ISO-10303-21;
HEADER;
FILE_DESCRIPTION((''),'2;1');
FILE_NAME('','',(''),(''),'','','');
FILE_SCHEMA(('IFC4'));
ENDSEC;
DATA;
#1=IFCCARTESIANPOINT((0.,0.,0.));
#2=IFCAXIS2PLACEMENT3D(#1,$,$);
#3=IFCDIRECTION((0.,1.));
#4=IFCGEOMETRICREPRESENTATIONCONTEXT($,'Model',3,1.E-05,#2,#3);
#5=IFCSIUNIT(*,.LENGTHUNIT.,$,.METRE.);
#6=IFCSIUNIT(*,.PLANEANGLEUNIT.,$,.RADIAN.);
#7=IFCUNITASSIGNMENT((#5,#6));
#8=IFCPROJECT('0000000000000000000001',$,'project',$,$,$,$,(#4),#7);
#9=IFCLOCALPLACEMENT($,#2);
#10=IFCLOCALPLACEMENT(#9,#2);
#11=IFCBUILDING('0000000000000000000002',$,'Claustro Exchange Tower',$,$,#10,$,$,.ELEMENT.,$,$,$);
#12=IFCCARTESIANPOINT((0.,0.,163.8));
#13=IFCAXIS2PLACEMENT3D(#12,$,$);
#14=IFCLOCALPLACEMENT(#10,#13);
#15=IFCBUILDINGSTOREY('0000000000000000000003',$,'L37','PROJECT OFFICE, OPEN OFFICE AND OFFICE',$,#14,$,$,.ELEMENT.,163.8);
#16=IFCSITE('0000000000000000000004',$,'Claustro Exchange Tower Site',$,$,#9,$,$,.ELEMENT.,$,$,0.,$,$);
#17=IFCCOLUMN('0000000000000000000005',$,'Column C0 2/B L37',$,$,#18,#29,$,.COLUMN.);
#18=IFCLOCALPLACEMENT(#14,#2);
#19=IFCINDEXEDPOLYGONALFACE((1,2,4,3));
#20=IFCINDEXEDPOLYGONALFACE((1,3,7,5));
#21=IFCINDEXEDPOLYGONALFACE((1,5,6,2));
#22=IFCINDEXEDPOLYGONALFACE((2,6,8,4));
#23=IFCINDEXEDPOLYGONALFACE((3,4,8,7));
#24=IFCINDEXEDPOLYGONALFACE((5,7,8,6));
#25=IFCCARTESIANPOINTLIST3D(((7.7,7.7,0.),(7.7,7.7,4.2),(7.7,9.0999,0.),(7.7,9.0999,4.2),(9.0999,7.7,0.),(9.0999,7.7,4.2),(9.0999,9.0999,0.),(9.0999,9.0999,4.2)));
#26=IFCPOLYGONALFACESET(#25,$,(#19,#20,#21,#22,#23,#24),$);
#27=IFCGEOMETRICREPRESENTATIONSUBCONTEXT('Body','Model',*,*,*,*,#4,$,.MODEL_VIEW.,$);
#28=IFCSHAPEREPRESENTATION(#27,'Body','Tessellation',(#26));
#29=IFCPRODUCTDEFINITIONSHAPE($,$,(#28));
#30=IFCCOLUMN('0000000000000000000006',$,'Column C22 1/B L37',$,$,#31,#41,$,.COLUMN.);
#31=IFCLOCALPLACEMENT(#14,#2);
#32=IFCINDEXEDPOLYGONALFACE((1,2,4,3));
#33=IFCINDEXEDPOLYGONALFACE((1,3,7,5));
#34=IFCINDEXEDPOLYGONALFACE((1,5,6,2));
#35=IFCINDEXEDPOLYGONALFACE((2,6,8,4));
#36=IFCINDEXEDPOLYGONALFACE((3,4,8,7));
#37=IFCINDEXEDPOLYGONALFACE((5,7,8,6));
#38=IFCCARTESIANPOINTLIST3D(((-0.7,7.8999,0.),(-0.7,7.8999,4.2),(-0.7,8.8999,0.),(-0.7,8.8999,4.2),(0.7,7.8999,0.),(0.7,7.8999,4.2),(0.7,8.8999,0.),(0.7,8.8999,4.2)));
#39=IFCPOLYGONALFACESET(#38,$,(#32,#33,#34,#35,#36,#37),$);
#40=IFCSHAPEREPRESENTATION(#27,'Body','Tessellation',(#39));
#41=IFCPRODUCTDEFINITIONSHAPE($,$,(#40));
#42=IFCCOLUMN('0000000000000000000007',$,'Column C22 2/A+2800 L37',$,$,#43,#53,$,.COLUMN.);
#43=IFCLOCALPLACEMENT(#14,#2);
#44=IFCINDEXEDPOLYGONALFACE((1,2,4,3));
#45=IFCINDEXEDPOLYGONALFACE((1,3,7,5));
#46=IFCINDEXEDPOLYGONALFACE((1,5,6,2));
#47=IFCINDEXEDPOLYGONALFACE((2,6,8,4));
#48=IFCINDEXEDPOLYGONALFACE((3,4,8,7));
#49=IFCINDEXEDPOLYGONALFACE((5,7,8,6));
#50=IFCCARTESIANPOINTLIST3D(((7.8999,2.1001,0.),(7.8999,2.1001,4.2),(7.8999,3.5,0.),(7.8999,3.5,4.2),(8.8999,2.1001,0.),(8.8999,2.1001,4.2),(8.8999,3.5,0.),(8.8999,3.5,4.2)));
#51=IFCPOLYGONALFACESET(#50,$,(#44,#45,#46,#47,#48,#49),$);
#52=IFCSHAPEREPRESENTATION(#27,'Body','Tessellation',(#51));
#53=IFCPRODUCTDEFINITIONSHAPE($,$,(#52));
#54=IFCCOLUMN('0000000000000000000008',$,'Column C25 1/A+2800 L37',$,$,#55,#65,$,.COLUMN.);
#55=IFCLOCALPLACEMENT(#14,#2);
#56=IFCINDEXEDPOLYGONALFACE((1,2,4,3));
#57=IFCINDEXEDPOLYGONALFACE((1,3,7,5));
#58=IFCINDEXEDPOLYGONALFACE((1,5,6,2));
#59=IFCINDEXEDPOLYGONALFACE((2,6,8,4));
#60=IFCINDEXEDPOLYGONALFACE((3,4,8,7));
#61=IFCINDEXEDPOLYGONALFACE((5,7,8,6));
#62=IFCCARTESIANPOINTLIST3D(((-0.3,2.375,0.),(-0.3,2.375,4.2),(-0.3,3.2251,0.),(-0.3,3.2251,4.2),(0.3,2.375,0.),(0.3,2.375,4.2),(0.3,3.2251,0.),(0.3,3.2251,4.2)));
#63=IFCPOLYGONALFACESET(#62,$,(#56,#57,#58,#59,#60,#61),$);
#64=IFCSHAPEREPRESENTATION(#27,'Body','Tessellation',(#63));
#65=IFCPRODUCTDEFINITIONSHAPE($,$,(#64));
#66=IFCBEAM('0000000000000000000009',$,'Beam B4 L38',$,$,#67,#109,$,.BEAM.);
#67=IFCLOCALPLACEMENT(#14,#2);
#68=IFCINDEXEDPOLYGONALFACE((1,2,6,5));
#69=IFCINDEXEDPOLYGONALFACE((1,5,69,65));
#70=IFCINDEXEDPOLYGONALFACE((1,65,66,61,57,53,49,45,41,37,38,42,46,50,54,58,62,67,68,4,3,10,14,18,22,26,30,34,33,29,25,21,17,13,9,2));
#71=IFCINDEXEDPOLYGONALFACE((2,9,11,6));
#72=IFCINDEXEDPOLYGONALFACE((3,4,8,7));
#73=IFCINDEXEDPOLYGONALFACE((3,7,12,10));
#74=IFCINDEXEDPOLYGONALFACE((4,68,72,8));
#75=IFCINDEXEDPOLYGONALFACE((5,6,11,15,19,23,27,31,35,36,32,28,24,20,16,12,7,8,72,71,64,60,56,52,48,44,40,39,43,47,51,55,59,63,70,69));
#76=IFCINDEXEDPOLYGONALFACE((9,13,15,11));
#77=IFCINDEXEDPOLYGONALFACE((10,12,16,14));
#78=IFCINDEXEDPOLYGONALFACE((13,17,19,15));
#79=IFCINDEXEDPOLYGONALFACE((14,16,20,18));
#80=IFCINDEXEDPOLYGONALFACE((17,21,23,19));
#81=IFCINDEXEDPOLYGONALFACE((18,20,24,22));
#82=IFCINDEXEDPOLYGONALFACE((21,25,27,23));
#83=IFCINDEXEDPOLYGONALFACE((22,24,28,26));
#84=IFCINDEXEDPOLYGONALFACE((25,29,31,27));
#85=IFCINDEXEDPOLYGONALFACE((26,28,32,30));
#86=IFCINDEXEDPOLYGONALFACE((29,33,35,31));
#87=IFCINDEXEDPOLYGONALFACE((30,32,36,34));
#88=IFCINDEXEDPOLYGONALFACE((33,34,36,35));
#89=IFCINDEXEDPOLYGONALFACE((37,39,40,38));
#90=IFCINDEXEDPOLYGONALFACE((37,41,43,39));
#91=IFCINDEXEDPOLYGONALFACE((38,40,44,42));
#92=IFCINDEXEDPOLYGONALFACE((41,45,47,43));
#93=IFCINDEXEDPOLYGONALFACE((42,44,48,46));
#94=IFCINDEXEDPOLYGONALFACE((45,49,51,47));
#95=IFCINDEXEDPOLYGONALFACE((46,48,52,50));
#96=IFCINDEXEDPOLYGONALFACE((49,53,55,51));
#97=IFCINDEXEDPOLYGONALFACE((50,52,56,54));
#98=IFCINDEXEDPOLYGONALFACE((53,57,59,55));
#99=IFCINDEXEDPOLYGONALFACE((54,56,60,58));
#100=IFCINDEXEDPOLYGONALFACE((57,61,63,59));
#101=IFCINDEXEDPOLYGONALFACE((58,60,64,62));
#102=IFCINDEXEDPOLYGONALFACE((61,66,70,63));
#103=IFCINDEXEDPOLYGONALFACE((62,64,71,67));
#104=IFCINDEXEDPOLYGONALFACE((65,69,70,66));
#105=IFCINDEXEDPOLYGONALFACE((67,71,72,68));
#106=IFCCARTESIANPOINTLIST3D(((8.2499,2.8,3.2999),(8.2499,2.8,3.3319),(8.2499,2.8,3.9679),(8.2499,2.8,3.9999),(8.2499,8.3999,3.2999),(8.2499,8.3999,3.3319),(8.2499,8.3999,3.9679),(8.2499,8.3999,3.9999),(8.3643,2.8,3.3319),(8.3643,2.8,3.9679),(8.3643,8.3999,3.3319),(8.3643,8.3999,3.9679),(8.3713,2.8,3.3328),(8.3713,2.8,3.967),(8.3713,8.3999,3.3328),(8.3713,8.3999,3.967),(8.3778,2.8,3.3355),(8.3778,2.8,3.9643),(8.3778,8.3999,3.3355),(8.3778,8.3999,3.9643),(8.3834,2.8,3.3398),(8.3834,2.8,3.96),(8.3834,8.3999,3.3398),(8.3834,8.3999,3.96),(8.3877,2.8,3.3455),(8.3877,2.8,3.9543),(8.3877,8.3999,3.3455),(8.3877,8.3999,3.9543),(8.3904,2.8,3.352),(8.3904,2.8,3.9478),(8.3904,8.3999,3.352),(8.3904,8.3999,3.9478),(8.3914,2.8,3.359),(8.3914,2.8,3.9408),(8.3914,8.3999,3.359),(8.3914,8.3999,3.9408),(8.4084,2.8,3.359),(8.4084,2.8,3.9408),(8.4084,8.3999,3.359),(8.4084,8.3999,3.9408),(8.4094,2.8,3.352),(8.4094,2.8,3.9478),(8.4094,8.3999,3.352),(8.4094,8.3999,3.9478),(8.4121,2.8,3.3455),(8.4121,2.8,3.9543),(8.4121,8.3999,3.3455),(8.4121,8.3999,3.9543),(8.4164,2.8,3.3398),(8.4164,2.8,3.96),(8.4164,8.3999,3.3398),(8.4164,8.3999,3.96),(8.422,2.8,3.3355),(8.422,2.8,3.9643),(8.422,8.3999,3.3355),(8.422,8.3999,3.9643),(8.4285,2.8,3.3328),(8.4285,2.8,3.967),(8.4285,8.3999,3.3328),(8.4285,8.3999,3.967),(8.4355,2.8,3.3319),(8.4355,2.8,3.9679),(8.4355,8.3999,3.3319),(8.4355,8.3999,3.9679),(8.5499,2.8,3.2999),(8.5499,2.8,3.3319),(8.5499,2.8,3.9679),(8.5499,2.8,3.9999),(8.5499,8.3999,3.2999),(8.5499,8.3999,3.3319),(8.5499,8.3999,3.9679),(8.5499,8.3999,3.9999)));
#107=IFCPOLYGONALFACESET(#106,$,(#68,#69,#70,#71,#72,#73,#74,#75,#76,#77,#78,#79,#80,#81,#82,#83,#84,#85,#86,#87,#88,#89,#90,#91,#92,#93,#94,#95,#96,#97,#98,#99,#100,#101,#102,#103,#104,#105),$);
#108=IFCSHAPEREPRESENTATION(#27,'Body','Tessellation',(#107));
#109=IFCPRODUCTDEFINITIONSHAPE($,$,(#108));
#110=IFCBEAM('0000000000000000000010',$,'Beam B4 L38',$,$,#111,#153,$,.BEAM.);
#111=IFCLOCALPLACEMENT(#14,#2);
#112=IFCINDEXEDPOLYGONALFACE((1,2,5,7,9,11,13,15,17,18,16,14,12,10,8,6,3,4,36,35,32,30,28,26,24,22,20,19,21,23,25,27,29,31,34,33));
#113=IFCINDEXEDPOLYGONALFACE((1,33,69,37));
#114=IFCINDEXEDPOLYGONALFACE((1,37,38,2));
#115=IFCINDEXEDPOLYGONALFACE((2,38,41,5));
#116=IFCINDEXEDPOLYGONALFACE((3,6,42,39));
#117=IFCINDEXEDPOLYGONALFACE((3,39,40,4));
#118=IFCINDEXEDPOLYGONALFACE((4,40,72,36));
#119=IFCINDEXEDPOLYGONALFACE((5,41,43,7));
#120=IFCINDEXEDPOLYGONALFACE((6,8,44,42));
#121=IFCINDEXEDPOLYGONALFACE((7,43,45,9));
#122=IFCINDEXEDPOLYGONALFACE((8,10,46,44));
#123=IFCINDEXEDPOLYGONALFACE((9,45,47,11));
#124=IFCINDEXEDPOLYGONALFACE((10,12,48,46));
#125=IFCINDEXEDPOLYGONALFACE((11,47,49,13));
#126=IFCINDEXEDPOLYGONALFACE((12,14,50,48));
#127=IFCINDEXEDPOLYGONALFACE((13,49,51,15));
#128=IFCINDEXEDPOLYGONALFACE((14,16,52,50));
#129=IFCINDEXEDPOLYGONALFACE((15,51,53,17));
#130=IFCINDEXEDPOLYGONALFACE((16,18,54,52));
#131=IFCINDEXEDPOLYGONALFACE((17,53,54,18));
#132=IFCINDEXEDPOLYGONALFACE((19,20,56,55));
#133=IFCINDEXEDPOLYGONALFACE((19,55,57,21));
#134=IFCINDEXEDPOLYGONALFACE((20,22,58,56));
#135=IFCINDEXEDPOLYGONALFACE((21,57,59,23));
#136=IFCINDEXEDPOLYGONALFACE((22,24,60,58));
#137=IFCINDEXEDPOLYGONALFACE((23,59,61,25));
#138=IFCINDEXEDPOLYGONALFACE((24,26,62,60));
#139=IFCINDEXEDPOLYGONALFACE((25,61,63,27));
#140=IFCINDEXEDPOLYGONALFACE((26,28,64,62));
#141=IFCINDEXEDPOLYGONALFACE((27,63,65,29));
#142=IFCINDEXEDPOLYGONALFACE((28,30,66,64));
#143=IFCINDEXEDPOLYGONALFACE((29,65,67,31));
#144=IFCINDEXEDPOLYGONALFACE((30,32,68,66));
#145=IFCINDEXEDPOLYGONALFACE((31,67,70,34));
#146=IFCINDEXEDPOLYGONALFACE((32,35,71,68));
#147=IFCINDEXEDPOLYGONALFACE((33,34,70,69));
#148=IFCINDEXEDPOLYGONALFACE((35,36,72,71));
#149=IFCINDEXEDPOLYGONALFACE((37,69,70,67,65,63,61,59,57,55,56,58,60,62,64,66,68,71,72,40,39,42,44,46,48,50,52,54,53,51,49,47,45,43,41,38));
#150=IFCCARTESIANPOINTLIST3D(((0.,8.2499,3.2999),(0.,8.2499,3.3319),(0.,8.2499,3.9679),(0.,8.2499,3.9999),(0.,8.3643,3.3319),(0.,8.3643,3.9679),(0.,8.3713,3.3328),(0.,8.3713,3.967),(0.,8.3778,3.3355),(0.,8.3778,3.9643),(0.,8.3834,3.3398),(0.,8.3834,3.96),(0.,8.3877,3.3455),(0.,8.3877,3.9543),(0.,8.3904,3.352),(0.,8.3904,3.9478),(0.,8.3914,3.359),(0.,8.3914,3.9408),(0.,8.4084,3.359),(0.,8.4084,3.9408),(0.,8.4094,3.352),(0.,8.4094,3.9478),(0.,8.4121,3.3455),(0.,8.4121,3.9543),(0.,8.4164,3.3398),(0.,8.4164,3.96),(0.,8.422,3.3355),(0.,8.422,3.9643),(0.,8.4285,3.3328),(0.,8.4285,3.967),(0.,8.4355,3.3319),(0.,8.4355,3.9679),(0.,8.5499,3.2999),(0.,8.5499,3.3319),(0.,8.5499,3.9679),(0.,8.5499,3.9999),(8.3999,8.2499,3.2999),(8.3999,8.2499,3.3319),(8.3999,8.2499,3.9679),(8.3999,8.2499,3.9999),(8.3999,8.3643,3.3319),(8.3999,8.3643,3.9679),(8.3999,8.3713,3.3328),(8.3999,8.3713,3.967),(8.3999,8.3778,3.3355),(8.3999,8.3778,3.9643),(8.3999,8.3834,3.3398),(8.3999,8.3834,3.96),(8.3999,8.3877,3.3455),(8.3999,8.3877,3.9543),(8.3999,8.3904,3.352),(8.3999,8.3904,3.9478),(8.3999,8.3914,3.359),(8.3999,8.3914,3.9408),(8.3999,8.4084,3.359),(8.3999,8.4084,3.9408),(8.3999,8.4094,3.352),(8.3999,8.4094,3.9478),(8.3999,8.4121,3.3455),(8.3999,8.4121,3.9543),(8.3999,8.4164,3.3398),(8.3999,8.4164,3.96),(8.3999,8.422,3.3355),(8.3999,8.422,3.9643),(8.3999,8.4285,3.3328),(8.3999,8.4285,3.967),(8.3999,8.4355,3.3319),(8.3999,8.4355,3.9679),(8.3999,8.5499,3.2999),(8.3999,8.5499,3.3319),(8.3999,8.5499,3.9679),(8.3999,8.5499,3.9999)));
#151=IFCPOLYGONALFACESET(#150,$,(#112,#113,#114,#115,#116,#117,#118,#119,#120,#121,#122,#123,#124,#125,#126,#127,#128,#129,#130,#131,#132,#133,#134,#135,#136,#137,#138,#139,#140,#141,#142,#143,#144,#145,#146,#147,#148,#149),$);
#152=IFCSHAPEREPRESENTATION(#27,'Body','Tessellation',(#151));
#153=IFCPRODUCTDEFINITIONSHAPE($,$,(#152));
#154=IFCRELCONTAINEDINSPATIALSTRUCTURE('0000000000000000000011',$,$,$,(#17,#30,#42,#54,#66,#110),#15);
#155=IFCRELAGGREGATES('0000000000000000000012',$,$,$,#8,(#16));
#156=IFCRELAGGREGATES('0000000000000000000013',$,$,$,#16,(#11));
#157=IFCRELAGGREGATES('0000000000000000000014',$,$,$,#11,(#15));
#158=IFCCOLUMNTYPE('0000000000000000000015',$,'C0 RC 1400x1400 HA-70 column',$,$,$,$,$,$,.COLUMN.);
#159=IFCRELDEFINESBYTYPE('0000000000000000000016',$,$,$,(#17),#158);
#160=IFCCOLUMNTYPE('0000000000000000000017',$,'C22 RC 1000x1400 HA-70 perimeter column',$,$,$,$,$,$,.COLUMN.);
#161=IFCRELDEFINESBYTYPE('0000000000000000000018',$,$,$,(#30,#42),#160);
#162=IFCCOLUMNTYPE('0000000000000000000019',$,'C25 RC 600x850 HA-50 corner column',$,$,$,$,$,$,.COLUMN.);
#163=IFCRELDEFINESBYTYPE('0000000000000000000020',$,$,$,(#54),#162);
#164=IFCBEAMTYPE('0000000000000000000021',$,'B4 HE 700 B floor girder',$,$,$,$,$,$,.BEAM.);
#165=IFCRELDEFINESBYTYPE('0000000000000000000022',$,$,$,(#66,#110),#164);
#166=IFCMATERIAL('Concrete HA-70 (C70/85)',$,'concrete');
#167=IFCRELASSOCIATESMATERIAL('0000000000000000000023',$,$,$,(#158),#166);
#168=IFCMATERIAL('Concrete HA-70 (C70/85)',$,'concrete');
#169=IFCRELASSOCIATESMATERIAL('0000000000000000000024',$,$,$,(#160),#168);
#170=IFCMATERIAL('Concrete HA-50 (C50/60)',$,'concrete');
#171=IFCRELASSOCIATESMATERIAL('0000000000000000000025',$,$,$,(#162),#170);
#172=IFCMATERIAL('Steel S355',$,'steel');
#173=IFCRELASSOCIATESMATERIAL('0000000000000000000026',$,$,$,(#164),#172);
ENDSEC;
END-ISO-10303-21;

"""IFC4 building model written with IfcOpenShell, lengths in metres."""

from ifc_helpers import new_model, si_unit, direction, frame, origin, origin_2d, place, context, subcontext, project, spatial, rectangle, i_section, extrude, material, material_profile, profile_set, type_object, element, save


model = new_model("IFC4")

# Units and contexts
model_context = context("Model", 3, precision=1e-05, world=origin(), true_north=direction((0.0, 1.0)))
body_context = subcontext(model_context, "Body", "Model", "MODEL_VIEW")
ifc_project = project(units=[si_unit("LENGTHUNIT", "METRE"), si_unit("PLANEANGLEUNIT", "RADIAN")], contexts=[model_context])

# Site, building, storey
site_placement = place(None, origin())
site = spatial("IfcSite", under=ifc_project, at=site_placement, Name="Claustro Exchange Tower Site", CompositionType="ELEMENT", RefElevation=0.0)
building_placement = place(site_placement, origin())
building = spatial("IfcBuilding", under=site, at=building_placement, Name="Claustro Exchange Tower", CompositionType="ELEMENT")
storey_placement = place(building_placement, frame((0.0, 0.0, 163.8)))
storey = spatial("IfcBuildingStorey", under=building, at=storey_placement, Name="L37", Description="PROJECT OFFICE, OPEN OFFICE AND OFFICE", CompositionType="ELEMENT", Elevation=163.8)

# Columns
ifc_material_1 = material(Name="Concrete HA-70 (C70/85)", Category="concrete")
ifc_material_profile_1 = material_profile(ifc_material_1, rectangle(XDim=1.3999, YDim=1.3999, at=origin_2d()), Name="RC 1400x1400")
ifc_profile_set_1 = profile_set([ifc_material_profile_1], Name="Concrete HA-70 (C70/85)")
column_type_1 = type_object("IfcColumnType", Name="C0 RC 1400x1400 HA-70 column", PredefinedType="COLUMN", material=ifc_profile_set_1)
column_1_placement = place(storey_placement, frame((8.3999, 8.3999, 0.0), z_axis=(0.0, 0.0, 1.0), x_axis=(1.0, 0.0, 0.0)))
element("IfcColumn", 1, at=column_1_placement, inside=storey, type_object=column_type_1, Name="Column C0 2/B L37", PredefinedType="COLUMN", context=body_context, shape_type="SweptSolid", body=[
    extrude(rectangle(XDim=1.3999, YDim=1.3999, at=origin_2d()), origin(), (0.0, 0.0, 1.0), 4.2),
])
ifc_material_2 = material(Name="Concrete HA-70 (C70/85)", Category="concrete")
ifc_material_profile_2 = material_profile(ifc_material_2, rectangle(XDim=1.0, YDim=1.3999, at=origin_2d()), Name="RC 1000x1400")
ifc_profile_set_2 = profile_set([ifc_material_profile_2], Name="Concrete HA-70 (C70/85)")
column_type_2 = type_object("IfcColumnType", Name="C22 RC 1000x1400 HA-70 perimeter column", PredefinedType="COLUMN", material=ifc_profile_set_2)
for number, where, z_axis, x_axis, name in (
    (2, (0.0, 8.3999, 0.0), (0.0, 0.0, 1.0), (0.0, 1.0, 0.0), "Column C22 1/B L37"),
    (3, (8.3999, 2.8, 0.0), (0.0, 0.0, 1.0), (1.0, 0.0, 0.0), "Column C22 2/A+2800 L37"),
):
    element("IfcColumn", number, at=place(storey_placement, frame(where, z_axis=z_axis, x_axis=x_axis)), inside=storey, type_object=column_type_2, Name=name, PredefinedType="COLUMN", context=body_context, shape_type="SweptSolid", body=[
        extrude(rectangle(XDim=1.0, YDim=1.3999, at=origin_2d()), origin(), (0.0, 0.0, 1.0), 4.2),
    ])
ifc_material_3 = material(Name="Concrete HA-50 (C50/60)", Category="concrete")
ifc_material_profile_3 = material_profile(ifc_material_3, rectangle(XDim=0.6001, YDim=0.8501, at=origin_2d()), Name="RC 600x850")
ifc_profile_set_3 = profile_set([ifc_material_profile_3], Name="Concrete HA-50 (C50/60)")
column_type_3 = type_object("IfcColumnType", Name="C25 RC 600x850 HA-50 corner column", PredefinedType="COLUMN", material=ifc_profile_set_3)
column_2_placement = place(storey_placement, frame((0.0, 2.8, 0.0), z_axis=(0.0, 0.0, 1.0), x_axis=(1.0, 0.0, 0.0)))
element("IfcColumn", 4, at=column_2_placement, inside=storey, type_object=column_type_3, Name="Column C25 1/A+2800 L37", PredefinedType="COLUMN", context=body_context, shape_type="SweptSolid", body=[
    extrude(rectangle(XDim=0.6001, YDim=0.8501, at=origin_2d()), origin(), (0.0, 0.0, 1.0), 4.2),
])

# Beams
ifc_material_4 = material(Name="Steel S355", Category="steel")
ifc_material_profile_4 = material_profile(ifc_material_4, i_section(OverallWidth=0.3, OverallDepth=0.7, WebThickness=0.0171, FlangeThickness=0.032, FilletRadius=0.0271, at=origin_2d()), Name="HE 700 B")
ifc_profile_set_4 = profile_set([ifc_material_profile_4], Name="Steel S355")
beam_type_1 = type_object("IfcBeamType", Name="B4 HE 700 B floor girder", PredefinedType="BEAM", material=ifc_profile_set_4)
beam_1_placement = place(storey_placement, frame((8.3999, 2.8, 3.6499), z_axis=(0.0, 1.0, 0.0), x_axis=(-1.0, 0.0, 0.0)))
element("IfcBeam", 5, at=beam_1_placement, inside=storey, type_object=beam_type_1, Name="Beam B4 L38", PredefinedType="BEAM", context=body_context, shape_type="SweptSolid", body=[
    extrude(i_section(OverallWidth=0.3, OverallDepth=0.7, WebThickness=0.0171, FlangeThickness=0.032, FilletRadius=0.0271, at=origin_2d()), origin(), (0.0, 0.0, 1.0), 5.5999),
])
beam_2_placement = place(storey_placement, frame((0.0, 8.3999, 3.6499), z_axis=(1.0, 0.0, 0.0), x_axis=(0.0, 1.0, 0.0)))
element("IfcBeam", 6, at=beam_2_placement, inside=storey, type_object=beam_type_1, Name="Beam B4 L38", PredefinedType="BEAM", context=body_context, shape_type="SweptSolid", body=[
    extrude(i_section(OverallWidth=0.3, OverallDepth=0.7, WebThickness=0.0171, FlangeThickness=0.032, FilletRadius=0.0271, at=origin_2d()), origin(), (0.0, 0.0, 1.0), 8.3999),
])

save(model, "model.ifc")
